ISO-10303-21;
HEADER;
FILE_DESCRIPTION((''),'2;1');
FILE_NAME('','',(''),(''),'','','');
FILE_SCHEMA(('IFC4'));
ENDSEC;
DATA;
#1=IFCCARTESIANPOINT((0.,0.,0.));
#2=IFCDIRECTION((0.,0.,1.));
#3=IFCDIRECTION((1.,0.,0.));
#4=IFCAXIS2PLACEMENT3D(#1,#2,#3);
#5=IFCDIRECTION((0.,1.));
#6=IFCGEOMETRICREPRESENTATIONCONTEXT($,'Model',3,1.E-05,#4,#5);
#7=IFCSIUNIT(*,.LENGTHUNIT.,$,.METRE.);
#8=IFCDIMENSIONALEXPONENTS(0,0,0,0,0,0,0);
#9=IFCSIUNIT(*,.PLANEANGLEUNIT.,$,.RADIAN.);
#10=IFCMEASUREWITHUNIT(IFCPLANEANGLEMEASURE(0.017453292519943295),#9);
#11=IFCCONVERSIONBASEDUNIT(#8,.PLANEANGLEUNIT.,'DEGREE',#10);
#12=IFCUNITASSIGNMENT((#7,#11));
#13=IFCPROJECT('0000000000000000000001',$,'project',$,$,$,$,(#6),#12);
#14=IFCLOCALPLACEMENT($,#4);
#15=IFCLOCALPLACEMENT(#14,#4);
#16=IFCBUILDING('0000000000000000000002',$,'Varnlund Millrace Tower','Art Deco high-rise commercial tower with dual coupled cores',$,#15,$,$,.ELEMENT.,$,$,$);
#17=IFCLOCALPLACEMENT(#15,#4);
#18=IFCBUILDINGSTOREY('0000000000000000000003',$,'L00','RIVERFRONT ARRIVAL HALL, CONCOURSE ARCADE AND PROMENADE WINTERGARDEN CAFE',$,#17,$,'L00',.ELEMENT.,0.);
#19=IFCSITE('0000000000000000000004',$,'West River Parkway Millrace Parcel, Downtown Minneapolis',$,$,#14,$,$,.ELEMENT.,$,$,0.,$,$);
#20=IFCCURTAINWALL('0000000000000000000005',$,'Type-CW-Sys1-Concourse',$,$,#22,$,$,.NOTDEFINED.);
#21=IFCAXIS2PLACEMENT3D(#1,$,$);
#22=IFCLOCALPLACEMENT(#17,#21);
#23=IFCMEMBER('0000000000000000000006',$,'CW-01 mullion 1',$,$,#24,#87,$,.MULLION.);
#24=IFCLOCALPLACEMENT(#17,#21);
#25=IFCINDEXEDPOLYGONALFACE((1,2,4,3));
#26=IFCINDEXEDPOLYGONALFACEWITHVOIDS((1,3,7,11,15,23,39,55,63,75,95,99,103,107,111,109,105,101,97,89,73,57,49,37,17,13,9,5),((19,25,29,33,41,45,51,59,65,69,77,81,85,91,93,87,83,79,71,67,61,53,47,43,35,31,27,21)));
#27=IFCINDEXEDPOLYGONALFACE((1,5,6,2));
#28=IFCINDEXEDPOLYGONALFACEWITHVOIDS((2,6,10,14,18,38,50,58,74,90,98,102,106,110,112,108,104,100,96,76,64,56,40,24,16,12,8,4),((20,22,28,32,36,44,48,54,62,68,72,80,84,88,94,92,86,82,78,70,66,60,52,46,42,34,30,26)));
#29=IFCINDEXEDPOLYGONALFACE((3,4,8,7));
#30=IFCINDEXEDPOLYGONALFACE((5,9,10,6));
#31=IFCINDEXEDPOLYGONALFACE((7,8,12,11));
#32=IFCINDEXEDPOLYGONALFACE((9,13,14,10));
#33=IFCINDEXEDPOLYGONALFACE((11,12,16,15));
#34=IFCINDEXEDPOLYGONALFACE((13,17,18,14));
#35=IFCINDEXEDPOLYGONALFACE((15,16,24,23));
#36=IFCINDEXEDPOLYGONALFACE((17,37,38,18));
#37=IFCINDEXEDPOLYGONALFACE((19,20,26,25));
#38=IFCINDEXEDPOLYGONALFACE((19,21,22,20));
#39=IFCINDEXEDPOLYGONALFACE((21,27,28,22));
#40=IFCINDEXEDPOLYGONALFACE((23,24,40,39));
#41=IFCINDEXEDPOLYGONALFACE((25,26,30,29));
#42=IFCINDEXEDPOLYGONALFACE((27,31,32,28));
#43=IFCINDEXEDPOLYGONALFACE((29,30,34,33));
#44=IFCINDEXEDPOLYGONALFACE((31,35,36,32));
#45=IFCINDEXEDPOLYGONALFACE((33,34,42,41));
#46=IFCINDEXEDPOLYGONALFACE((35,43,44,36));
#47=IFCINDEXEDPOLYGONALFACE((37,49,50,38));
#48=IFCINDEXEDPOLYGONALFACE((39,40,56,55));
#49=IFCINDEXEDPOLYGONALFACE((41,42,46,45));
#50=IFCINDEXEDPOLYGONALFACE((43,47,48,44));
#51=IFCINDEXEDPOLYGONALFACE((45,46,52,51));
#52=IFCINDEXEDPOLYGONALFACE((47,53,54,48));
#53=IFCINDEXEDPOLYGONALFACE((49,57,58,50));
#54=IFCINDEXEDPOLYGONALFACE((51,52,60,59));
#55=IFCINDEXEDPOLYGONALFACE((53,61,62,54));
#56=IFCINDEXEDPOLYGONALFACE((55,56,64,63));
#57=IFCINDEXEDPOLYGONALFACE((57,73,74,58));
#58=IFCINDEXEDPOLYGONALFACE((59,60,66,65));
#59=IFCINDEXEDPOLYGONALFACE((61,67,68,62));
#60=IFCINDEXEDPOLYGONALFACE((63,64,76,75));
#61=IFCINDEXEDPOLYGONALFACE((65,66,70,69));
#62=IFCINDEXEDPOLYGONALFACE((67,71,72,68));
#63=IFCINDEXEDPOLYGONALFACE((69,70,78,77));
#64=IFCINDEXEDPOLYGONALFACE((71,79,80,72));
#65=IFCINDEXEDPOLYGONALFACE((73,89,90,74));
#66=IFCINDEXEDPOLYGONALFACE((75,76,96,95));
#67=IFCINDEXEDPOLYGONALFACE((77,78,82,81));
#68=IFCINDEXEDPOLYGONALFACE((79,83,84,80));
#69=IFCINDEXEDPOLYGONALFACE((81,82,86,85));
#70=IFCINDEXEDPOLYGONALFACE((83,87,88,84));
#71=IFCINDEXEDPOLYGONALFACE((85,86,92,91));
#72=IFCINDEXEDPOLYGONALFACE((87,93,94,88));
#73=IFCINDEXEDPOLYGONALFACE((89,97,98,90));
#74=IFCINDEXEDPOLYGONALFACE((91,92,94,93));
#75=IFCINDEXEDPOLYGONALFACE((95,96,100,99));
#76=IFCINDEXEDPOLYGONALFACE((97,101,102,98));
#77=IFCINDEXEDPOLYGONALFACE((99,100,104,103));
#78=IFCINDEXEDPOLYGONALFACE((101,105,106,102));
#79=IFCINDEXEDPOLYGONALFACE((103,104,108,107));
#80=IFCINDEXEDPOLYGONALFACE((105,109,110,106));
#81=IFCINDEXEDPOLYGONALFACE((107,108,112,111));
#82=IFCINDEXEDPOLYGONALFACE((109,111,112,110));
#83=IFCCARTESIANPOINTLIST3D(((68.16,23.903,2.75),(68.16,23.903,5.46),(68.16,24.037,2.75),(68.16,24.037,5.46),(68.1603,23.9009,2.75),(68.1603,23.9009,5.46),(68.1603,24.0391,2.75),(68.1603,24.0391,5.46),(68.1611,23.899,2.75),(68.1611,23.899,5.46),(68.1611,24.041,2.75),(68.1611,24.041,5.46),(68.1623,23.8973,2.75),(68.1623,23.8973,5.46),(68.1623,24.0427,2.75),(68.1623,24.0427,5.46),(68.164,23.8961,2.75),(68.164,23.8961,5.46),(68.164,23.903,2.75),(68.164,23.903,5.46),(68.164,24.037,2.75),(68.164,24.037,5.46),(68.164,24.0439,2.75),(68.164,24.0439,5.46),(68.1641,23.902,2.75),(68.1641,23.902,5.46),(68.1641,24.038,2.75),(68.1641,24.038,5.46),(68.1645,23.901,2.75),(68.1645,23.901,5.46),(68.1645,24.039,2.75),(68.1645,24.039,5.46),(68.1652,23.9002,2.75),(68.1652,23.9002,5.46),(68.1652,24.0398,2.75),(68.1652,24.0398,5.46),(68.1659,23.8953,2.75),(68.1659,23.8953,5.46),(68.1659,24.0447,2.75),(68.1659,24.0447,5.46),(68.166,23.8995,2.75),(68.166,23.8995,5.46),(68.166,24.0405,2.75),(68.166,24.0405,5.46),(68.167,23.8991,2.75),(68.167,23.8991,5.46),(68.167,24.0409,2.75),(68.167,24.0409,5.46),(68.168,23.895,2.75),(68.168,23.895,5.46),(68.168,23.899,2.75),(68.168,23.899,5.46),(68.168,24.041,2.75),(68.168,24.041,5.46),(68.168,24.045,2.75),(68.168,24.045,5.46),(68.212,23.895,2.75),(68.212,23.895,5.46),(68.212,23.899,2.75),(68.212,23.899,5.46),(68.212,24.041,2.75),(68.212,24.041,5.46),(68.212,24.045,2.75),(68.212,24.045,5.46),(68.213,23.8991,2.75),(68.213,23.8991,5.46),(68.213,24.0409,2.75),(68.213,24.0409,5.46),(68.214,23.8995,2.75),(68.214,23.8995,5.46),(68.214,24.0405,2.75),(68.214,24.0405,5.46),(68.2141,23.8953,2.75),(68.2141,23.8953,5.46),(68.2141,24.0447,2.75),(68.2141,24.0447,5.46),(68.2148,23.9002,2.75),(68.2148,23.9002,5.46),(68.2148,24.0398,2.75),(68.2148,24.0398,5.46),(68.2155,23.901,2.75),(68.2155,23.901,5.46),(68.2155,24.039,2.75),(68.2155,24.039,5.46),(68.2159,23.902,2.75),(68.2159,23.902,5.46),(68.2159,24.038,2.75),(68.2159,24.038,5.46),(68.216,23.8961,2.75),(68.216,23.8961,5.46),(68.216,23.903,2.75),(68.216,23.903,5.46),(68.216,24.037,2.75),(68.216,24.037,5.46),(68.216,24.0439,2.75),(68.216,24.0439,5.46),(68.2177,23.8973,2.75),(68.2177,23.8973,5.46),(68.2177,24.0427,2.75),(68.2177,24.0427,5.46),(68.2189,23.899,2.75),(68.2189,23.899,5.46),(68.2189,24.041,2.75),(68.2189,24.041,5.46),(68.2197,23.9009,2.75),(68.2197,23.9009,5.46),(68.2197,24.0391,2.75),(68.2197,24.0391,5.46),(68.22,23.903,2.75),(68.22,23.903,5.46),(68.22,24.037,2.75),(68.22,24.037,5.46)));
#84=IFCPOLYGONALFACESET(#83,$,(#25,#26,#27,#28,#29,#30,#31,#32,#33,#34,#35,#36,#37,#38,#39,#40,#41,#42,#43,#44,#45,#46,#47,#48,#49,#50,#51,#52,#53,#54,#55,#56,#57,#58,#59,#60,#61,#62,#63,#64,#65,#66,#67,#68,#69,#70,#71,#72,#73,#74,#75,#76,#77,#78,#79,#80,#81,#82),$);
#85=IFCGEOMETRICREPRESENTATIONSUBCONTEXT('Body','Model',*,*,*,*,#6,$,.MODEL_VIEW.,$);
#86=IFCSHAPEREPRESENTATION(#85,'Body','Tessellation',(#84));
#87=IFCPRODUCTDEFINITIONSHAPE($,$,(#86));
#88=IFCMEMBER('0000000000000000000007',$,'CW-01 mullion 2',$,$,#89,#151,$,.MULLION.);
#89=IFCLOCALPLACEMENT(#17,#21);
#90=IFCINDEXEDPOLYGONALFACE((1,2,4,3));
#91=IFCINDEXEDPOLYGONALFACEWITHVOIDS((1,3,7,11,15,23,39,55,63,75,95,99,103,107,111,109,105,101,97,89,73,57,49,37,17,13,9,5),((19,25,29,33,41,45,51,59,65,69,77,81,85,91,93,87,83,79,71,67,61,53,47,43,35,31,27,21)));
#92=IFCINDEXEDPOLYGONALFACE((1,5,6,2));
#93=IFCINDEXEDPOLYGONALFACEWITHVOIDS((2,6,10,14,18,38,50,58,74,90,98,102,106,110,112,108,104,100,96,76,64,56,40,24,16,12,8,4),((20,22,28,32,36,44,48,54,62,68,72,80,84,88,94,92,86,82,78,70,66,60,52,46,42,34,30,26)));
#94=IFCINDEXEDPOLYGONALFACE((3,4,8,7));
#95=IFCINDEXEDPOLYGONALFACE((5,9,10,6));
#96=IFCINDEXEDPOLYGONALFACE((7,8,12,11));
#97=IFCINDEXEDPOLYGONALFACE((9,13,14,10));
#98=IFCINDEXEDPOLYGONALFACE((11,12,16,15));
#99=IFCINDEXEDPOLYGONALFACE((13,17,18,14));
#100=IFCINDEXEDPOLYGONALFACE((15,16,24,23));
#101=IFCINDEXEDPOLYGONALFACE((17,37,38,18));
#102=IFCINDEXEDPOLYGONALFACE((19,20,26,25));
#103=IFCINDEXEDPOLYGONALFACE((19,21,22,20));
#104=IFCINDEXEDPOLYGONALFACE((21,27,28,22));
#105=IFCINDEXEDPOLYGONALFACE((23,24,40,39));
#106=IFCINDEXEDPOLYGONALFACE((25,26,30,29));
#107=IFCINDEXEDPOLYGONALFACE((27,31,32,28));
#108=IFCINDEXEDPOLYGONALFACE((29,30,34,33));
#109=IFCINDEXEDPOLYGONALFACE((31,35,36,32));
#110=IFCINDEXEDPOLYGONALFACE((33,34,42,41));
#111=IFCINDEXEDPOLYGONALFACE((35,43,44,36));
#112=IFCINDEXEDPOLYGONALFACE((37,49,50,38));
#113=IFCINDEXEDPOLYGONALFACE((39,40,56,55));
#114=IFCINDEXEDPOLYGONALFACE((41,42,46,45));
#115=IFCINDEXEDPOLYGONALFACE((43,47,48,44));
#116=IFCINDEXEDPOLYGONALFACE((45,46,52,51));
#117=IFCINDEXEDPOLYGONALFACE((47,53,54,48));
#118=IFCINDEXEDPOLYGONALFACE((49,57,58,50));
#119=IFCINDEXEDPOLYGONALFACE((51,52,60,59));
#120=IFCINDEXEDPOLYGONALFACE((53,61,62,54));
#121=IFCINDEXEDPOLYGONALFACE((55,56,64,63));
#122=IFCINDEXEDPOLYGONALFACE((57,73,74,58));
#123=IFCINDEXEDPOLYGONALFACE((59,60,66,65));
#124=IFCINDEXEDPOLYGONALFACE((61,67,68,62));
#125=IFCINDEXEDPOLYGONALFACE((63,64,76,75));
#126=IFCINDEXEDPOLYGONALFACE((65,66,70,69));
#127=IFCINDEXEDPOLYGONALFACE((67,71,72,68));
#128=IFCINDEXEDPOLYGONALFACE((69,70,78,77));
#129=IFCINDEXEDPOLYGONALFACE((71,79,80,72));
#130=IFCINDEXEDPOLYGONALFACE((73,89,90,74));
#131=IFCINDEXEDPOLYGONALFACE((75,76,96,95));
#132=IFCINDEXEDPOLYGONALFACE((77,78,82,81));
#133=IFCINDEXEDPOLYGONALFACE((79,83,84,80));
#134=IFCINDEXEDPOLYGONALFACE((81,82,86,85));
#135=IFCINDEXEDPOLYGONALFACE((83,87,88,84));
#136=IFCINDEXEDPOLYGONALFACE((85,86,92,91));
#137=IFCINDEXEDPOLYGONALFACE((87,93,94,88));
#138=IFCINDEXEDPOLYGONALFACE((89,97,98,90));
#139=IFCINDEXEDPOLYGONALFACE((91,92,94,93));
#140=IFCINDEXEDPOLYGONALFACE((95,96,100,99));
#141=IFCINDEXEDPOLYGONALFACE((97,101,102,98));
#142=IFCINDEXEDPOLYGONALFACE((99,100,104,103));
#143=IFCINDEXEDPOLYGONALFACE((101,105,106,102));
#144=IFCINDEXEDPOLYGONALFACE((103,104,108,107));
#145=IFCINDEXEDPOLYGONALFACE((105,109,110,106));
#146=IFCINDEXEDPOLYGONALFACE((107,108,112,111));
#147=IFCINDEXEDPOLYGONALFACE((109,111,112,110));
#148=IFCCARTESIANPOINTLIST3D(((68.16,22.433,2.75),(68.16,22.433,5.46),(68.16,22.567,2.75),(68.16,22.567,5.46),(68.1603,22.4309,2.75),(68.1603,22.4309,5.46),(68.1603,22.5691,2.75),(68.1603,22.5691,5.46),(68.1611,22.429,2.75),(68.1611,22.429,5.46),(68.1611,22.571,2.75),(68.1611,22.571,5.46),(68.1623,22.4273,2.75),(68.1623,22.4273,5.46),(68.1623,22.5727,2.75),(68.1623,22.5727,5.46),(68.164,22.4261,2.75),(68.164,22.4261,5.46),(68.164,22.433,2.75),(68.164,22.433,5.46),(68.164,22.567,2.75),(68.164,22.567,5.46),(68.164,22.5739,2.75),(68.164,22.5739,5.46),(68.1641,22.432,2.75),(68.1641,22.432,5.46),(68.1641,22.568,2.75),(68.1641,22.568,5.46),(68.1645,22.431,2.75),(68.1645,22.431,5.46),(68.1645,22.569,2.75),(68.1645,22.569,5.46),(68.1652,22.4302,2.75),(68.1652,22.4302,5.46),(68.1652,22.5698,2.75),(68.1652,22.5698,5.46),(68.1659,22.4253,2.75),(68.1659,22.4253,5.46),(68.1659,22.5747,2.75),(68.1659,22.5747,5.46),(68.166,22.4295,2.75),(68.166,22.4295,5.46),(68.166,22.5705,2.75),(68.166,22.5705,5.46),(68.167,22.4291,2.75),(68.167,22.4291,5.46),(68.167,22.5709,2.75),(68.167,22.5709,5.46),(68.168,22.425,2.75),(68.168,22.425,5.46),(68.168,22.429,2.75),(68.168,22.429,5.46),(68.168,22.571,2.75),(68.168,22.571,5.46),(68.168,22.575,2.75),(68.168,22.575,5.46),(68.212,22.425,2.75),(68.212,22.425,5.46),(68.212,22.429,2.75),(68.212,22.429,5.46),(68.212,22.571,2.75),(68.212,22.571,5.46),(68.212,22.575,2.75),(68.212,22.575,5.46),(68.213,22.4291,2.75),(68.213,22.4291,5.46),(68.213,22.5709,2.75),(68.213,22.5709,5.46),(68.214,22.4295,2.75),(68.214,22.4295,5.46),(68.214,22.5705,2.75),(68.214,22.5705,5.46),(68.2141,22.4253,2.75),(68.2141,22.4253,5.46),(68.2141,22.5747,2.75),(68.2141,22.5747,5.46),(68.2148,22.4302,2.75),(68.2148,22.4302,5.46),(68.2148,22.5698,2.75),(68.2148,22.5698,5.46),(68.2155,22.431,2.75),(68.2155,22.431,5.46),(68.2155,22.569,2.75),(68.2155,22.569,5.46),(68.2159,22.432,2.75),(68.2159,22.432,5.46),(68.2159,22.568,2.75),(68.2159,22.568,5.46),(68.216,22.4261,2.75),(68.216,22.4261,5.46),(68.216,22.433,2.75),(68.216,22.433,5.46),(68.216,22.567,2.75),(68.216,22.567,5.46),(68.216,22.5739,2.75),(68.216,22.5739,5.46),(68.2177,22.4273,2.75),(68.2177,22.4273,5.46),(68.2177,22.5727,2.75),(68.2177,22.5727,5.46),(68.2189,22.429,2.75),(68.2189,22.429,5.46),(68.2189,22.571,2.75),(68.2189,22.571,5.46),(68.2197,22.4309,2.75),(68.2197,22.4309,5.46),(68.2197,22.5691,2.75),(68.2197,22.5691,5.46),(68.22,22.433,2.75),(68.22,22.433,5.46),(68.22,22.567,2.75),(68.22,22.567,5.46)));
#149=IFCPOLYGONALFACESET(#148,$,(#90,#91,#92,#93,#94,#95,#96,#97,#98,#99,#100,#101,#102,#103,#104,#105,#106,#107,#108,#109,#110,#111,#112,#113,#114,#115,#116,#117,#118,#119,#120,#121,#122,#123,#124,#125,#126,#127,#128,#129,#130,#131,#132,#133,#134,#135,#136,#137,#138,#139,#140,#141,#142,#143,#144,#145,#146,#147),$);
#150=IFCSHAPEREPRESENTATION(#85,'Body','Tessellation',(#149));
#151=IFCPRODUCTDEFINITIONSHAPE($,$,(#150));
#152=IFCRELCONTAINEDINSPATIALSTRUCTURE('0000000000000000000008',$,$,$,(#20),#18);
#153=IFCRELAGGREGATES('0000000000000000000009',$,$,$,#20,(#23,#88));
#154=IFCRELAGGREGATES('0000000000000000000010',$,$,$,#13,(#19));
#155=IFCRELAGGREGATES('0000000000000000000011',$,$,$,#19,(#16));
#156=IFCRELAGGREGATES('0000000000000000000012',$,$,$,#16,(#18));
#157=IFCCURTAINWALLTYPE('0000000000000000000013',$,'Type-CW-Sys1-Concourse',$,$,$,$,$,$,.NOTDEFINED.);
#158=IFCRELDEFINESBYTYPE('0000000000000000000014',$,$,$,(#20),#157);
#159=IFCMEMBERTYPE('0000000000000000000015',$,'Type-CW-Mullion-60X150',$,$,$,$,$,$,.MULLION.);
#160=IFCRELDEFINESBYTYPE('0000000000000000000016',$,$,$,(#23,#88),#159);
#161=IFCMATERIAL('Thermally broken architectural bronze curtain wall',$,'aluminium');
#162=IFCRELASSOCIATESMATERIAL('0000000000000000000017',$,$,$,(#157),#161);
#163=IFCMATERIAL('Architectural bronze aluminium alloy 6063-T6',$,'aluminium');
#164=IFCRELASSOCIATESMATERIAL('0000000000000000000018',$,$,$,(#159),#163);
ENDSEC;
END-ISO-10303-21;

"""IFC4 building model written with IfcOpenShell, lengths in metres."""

from ifc_helpers import new_model, entity, si_unit, converted_unit, direction, frame, origin_with_axes, origin_2d_with_axis, place, context, subcontext, project, spatial, hollow_rectangle, extrude, material, material_profile, profile_set, type_object, element, aggregate, save


model = new_model("IFC4")

# Units and contexts
model_context = context("Model", 3, precision=1e-05, world=origin_with_axes(), true_north=direction((0.0, 1.0)))
body_context = subcontext(model_context, "Body", "Model", "MODEL_VIEW")
ifc_project = project(units=[si_unit("LENGTHUNIT", "METRE"), converted_unit("PLANEANGLEUNIT", "DEGREE", entity("IfcPlaneAngleMeasure", 0.017453292519943295), si_unit("PLANEANGLEUNIT", "RADIAN"), dimensions=[0, 0, 0, 0, 0, 0, 0])], contexts=[model_context])

# Site, building, storey
site_placement = place(None, origin_with_axes())
site = spatial("IfcSite", under=ifc_project, at=site_placement, Name="West River Parkway Millrace Parcel, Downtown Minneapolis", CompositionType="ELEMENT", RefElevation=0.0)
building_placement = place(site_placement, origin_with_axes())
building = spatial("IfcBuilding", under=site, at=building_placement, Name="Varnlund Millrace Tower", Description="Art Deco high-rise commercial tower with dual coupled cores", CompositionType="ELEMENT")
storey_placement = place(building_placement, origin_with_axes())
storey = spatial("IfcBuildingStorey", under=building, at=storey_placement, Name="L00", Description="RIVERFRONT ARRIVAL HALL, CONCOURSE ARCADE AND PROMENADE WINTERGARDEN CAFE", LongName="L00", CompositionType="ELEMENT", Elevation=0.0)

# Curtain wall, members
ifc_material_1 = material(Name="Thermally broken architectural bronze curtain wall", Category="aluminium")
curtain_wall_type = type_object("IfcCurtainWallType", Name="Type-CW-Sys1-Concourse", PredefinedType="NOTDEFINED", material=ifc_material_1)
curtain_wall_1_placement = place(storey_placement, frame((68.19, 24.0, 2.75), z_axis=(0.0, 0.0, 1.0), x_axis=(1.0, 0.0, 0.0)))
curtain_wall_1 = element("IfcCurtainWall", 1, at=curtain_wall_1_placement, inside=storey, type_object=curtain_wall_type, Name="Type-CW-Sys1-Concourse", PredefinedType="NOTDEFINED")
ifc_material_2 = material(Name="Architectural bronze aluminium alloy 6063-T6", Category="aluminium")
ifc_material_profile_1 = material_profile(ifc_material_2, hollow_rectangle(XDim=0.06, YDim=0.15, WallThickness=0.004, InnerFilletRadius=0.004, OuterFilletRadius=0.008, at=origin_2d_with_axis()), Name="Architectural bronze aluminium alloy 6063-T6")
ifc_profile_set_1 = profile_set([ifc_material_profile_1], Name="Architectural bronze aluminium alloy 6063-T6")
member_type_1 = type_object("IfcMemberType", Name="Type-CW-Mullion-60X150", PredefinedType="MULLION", material=ifc_profile_set_1)
member_1_placement = place(storey_placement, frame((68.19, 23.97, 2.75), z_axis=(0.0, 0.0, 1.0), x_axis=(1.0, 0.0, 0.0)))
member_1 = element("IfcMember", 2, at=member_1_placement, type_object=member_type_1, Name="CW-01 mullion 1", PredefinedType="MULLION", context=body_context, shape_type="SweptSolid", body=[
    extrude(hollow_rectangle(XDim=0.06, YDim=0.15, WallThickness=0.004, InnerFilletRadius=0.004, OuterFilletRadius=0.008, at=origin_2d_with_axis()), origin_with_axes(), (0.0, 0.0, 1.0), 2.71),
])
member_2_placement = place(storey_placement, frame((68.19, 22.5, 2.75), z_axis=(0.0, 0.0, 1.0), x_axis=(1.0, 0.0, 0.0)))
member_2 = element("IfcMember", 3, at=member_2_placement, type_object=member_type_1, Name="CW-01 mullion 2", PredefinedType="MULLION", context=body_context, shape_type="SweptSolid", body=[
    extrude(hollow_rectangle(XDim=0.06, YDim=0.15, WallThickness=0.004, InnerFilletRadius=0.004, OuterFilletRadius=0.008, at=origin_2d_with_axis()), origin_with_axes(), (0.0, 0.0, 1.0), 2.71),
])

aggregate(curtain_wall_1, [member_1, member_2])

save(model, "model.ifc")
